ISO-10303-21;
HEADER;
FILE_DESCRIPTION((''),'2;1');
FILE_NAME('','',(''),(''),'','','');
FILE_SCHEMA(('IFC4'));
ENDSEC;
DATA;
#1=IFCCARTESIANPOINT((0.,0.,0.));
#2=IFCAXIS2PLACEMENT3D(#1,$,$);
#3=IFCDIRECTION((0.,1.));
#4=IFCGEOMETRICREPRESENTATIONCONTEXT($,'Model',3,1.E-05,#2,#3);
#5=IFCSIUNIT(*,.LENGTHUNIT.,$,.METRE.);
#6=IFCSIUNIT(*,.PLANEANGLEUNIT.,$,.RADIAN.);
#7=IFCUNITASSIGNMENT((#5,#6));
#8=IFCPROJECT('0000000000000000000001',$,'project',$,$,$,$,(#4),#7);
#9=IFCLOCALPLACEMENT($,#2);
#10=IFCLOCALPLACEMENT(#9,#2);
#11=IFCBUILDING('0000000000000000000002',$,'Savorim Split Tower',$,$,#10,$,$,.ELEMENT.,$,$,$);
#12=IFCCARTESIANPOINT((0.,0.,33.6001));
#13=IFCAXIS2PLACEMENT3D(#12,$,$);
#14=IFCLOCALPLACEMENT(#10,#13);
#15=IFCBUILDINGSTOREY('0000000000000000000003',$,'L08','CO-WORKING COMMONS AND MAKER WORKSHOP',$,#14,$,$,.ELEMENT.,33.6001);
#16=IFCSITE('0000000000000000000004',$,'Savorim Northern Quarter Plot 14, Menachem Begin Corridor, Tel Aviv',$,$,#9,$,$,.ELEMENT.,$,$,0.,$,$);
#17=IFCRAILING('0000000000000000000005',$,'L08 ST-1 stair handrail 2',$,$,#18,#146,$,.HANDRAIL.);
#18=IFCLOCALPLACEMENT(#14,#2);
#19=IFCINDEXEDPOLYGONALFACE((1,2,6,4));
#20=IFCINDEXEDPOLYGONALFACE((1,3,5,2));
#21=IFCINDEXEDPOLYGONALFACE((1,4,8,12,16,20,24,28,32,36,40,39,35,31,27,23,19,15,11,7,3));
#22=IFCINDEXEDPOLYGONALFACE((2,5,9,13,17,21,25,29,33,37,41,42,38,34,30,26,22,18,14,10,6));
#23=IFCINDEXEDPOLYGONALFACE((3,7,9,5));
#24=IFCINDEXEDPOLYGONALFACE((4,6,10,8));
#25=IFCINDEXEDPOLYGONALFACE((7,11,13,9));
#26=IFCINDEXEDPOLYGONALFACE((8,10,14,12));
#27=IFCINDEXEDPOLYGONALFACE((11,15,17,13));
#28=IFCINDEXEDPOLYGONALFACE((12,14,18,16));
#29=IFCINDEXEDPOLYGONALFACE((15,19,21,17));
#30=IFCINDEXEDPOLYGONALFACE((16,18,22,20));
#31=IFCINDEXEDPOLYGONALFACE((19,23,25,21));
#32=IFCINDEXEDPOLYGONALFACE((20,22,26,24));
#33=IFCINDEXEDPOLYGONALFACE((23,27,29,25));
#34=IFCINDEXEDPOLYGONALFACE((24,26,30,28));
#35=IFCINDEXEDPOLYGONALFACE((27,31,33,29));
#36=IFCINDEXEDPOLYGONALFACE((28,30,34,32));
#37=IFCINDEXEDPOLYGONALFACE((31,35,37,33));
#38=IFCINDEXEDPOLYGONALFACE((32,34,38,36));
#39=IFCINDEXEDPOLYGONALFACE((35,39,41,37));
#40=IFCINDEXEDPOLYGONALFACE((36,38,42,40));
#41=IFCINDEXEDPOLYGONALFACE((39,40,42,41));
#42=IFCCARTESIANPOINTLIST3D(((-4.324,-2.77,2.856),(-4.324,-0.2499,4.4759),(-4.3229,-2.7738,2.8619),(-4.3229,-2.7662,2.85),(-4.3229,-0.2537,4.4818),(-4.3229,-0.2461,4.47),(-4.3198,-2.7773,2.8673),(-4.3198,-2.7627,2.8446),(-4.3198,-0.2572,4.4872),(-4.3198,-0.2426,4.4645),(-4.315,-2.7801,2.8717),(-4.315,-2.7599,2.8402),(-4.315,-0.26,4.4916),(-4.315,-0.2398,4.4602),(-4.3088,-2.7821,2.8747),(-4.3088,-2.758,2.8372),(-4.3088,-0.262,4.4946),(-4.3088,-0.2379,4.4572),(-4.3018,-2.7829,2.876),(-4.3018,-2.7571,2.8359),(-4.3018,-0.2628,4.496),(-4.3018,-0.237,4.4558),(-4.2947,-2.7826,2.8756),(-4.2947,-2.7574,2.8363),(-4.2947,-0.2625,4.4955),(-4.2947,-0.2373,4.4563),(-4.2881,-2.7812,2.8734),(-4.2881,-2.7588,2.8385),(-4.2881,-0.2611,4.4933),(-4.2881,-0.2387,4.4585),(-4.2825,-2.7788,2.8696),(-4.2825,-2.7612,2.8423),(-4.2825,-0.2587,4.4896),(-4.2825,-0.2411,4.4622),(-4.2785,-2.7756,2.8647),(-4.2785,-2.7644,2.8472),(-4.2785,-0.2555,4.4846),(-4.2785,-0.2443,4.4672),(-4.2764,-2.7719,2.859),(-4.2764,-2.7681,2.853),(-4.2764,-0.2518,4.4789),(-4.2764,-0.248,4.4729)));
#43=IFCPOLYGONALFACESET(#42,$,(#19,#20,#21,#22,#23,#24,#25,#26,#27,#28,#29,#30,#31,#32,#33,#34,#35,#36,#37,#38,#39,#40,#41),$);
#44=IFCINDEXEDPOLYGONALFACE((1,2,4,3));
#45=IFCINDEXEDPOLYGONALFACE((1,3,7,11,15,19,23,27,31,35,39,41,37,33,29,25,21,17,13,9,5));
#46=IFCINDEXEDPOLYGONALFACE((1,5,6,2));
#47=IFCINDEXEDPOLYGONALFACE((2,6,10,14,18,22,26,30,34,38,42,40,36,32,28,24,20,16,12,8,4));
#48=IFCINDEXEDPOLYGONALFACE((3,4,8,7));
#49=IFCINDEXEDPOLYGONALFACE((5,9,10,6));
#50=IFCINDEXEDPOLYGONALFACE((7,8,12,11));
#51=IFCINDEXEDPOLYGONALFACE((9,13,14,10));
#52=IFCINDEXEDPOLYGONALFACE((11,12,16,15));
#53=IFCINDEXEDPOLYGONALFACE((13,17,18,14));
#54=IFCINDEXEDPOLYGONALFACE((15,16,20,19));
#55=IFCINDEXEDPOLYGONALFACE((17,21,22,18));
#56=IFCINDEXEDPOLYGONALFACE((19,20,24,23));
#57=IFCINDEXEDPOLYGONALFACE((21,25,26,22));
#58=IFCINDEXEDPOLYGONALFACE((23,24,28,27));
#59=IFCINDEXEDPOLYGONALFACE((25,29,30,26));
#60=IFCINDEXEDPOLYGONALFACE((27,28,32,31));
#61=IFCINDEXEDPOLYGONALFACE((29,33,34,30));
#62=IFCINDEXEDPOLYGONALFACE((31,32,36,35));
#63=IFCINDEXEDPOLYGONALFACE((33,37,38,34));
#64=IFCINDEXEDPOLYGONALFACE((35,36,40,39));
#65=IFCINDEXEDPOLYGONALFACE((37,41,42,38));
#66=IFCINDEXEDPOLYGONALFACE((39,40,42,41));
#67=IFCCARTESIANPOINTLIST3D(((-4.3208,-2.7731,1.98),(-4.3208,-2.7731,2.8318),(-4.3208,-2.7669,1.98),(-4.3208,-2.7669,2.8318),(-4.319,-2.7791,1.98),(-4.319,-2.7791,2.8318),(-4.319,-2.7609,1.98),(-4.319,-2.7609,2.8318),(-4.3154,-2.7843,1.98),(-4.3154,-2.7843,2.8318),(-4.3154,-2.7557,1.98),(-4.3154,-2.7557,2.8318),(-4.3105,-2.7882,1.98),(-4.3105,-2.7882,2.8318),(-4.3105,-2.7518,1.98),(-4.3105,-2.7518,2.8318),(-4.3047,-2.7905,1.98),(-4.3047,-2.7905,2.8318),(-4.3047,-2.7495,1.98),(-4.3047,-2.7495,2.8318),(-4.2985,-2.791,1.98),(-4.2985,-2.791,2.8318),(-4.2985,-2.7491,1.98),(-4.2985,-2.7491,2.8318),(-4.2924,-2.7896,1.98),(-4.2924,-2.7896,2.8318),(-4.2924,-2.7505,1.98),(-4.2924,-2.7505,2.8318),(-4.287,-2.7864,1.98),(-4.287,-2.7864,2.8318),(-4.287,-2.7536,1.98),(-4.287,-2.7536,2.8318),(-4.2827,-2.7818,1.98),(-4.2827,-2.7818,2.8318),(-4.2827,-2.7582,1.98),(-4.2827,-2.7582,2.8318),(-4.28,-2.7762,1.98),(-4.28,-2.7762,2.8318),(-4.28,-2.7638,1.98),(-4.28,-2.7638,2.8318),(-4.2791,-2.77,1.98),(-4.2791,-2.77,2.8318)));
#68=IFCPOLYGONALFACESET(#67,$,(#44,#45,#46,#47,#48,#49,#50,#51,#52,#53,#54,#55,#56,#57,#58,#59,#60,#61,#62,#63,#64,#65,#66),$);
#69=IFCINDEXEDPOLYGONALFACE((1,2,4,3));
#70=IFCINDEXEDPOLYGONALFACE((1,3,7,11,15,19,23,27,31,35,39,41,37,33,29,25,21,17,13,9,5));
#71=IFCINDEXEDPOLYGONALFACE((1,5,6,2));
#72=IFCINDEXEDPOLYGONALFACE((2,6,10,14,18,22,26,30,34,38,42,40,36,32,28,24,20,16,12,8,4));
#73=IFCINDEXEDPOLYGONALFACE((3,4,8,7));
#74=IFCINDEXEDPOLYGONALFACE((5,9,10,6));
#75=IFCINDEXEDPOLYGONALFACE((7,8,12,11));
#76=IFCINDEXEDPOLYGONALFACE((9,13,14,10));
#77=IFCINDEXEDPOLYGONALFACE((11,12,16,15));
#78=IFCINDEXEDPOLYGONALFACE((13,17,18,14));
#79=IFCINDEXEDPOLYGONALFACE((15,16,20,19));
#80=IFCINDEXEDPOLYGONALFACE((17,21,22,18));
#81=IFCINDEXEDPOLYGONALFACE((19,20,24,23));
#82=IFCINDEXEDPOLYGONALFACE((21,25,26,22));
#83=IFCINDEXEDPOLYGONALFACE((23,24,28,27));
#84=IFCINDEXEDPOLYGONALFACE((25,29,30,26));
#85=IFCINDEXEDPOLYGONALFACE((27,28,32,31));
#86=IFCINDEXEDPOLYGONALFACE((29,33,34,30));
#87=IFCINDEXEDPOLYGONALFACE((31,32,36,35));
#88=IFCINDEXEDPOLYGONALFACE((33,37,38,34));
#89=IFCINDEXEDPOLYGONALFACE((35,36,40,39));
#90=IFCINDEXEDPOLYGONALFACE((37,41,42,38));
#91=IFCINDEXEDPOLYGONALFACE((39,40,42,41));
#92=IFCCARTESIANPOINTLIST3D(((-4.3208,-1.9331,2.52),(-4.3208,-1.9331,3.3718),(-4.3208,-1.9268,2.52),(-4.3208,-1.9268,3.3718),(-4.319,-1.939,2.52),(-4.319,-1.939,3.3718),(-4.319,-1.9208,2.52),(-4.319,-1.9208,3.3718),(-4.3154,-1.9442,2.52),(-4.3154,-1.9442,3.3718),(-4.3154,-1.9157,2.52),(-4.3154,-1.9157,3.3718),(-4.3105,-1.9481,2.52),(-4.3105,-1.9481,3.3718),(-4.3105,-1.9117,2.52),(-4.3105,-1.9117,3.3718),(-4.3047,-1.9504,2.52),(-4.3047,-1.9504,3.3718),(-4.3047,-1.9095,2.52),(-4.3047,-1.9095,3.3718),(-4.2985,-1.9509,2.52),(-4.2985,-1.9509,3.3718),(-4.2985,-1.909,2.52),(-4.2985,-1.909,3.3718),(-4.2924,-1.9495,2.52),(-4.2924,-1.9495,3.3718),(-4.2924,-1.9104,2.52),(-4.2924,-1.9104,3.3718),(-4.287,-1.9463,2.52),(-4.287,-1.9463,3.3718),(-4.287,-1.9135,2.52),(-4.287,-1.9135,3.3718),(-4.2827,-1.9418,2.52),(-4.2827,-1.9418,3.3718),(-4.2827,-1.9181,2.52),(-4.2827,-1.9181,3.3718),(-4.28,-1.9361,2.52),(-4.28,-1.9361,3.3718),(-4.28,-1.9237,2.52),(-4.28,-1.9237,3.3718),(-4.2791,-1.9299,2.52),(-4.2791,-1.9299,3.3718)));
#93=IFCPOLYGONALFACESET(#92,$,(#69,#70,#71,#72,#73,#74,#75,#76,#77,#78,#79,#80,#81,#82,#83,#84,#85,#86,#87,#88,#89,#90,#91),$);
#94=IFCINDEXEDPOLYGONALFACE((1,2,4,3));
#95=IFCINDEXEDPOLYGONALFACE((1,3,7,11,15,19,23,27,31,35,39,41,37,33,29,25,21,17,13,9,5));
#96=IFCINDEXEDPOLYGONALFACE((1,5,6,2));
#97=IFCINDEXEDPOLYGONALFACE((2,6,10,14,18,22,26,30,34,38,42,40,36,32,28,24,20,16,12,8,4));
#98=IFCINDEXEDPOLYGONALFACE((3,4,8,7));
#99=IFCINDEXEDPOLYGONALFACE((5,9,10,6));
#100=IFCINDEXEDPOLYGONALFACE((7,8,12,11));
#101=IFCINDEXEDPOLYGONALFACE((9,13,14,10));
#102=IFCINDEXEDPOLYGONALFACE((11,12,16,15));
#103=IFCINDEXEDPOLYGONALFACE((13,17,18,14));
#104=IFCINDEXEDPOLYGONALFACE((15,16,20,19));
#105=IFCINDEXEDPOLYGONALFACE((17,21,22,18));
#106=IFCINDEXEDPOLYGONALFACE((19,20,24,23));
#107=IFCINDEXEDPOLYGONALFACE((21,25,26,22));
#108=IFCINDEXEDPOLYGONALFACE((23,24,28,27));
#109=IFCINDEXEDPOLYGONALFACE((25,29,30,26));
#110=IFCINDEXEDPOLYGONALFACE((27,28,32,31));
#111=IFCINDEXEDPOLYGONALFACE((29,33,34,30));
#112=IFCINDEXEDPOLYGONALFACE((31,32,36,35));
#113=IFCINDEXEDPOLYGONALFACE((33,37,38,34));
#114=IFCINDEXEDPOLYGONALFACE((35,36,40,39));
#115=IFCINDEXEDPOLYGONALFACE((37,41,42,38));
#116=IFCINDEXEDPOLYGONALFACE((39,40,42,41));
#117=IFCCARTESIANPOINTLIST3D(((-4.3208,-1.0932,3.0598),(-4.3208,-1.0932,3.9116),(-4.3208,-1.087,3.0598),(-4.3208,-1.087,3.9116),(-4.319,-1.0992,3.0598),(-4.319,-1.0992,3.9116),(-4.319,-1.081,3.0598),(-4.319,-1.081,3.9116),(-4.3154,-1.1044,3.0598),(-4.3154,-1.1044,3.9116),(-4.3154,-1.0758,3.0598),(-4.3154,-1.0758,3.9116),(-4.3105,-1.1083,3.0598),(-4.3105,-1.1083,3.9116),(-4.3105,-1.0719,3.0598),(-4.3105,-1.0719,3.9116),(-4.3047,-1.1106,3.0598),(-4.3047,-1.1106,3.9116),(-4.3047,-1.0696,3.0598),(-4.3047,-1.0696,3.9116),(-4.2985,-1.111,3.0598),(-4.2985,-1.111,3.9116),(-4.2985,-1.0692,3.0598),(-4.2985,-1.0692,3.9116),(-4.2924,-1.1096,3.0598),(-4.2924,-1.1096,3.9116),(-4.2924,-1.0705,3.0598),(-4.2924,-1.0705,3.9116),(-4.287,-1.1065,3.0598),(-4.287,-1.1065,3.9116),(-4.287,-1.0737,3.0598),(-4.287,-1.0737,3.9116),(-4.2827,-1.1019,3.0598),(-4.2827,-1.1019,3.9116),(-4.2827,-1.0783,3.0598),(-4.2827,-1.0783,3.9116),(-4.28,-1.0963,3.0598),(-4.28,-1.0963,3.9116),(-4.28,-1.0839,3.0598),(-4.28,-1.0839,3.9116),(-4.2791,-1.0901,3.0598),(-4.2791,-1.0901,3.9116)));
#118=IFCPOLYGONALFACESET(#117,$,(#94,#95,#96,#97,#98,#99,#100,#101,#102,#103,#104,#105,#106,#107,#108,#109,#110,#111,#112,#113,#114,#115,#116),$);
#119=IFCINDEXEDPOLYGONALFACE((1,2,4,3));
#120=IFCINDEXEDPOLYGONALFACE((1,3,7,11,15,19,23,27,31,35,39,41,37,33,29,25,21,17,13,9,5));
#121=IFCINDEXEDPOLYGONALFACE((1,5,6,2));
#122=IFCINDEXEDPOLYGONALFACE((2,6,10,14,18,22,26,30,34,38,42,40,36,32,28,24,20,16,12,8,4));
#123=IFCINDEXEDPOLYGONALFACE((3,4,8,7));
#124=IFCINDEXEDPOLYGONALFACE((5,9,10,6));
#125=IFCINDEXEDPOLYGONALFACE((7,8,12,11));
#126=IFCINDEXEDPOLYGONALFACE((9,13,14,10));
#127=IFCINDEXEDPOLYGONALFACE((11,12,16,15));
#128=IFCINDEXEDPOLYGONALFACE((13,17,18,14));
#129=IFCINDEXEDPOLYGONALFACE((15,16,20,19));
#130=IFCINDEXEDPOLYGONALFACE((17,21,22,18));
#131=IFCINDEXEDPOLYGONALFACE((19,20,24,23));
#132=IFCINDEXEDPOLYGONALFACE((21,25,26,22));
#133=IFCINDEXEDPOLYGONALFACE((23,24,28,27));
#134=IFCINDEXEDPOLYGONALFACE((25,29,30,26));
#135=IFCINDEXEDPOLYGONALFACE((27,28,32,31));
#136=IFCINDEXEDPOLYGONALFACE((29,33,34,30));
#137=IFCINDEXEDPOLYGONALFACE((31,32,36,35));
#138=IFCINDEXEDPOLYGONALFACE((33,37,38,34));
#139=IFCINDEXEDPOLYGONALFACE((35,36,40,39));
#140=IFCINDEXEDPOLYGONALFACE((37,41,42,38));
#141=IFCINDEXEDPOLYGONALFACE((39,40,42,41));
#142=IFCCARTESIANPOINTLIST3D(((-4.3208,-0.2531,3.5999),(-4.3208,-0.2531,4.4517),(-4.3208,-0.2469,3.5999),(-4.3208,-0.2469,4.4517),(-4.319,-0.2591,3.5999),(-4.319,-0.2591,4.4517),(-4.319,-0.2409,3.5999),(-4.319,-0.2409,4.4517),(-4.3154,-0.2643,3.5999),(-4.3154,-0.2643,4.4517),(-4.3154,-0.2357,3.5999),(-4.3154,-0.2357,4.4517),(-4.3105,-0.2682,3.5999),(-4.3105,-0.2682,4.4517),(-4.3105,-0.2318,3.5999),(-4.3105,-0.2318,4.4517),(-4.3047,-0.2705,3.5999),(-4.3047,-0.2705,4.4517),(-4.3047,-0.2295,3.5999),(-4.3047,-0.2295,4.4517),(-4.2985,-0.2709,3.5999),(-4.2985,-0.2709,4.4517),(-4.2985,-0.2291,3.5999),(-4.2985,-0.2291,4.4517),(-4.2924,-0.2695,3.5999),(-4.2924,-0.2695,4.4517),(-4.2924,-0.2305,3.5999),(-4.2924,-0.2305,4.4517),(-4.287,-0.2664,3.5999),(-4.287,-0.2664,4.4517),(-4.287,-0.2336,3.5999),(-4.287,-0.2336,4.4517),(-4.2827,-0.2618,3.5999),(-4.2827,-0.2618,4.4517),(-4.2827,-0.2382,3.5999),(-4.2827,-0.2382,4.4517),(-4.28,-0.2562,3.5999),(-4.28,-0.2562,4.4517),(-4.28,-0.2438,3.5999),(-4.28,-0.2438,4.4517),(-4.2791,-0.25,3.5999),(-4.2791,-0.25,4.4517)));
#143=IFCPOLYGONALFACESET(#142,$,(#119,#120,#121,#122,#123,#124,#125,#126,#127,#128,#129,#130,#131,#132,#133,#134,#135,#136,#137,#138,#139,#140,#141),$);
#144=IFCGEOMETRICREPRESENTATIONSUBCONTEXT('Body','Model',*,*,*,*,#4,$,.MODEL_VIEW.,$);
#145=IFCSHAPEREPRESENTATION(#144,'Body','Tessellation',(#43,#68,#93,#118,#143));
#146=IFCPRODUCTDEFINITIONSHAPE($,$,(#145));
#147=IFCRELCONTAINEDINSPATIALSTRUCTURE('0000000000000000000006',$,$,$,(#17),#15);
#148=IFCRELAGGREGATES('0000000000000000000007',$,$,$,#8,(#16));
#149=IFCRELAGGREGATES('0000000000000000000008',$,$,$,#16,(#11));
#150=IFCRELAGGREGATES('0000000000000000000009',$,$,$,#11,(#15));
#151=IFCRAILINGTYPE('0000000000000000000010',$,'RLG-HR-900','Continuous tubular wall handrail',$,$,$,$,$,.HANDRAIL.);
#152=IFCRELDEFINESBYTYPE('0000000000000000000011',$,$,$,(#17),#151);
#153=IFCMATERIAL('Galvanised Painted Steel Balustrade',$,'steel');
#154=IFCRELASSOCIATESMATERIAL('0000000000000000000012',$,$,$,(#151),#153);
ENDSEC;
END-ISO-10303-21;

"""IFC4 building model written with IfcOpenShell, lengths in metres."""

from ifc_helpers import new_model, si_unit, direction, frame, origin, origin_2d, place, context, subcontext, project, spatial, circle, extrude, material, type_object, element, save


model = new_model("IFC4")

# Units and contexts
model_context = context("Model", 3, precision=1e-05, world=origin(), true_north=direction((0.0, 1.0)))
body_context = subcontext(model_context, "Body", "Model", "MODEL_VIEW")
ifc_project = project(units=[si_unit("LENGTHUNIT", "METRE"), si_unit("PLANEANGLEUNIT", "RADIAN")], contexts=[model_context])

# Site, building, storey
site_placement = place(None, origin())
site = spatial("IfcSite", under=ifc_project, at=site_placement, Name="Savorim Northern Quarter Plot 14, Menachem Begin Corridor, Tel Aviv", CompositionType="ELEMENT", RefElevation=0.0)
building_placement = place(site_placement, origin())
building = spatial("IfcBuilding", under=site, at=building_placement, Name="Savorim Split Tower", CompositionType="ELEMENT")
storey_placement = place(building_placement, frame((0.0, 0.0, 33.6001)))
storey = spatial("IfcBuildingStorey", under=building, at=storey_placement, Name="L08", Description="CO-WORKING COMMONS AND MAKER WORKSHOP", CompositionType="ELEMENT", Elevation=33.6001)

# Railing
ifc_material_1 = material(Name="Galvanised Painted Steel Balustrade", Category="steel")
railing_type_1 = type_object("IfcRailingType", Name="RLG-HR-900", Description="Continuous tubular wall handrail", PredefinedType="HANDRAIL", material=ifc_material_1)
railing_1_placement = place(storey_placement, frame((-4.3, -2.77, 1.98)))
element("IfcRailing", 1, at=railing_1_placement, inside=storey, type_object=railing_type_1, Name="L08 ST-1 stair handrail 2", PredefinedType="HANDRAIL", context=body_context, shape_type="SweptSolid", body=[
    extrude(circle(Radius=0.0239, at=origin_2d()), frame((0.0, 0.0, 0.876), z_axis=(0.0, 0.8412, 0.540725), x_axis=(-1.0, 0.0, 0.0)), (0.0, 0.0, 1.0), 2.9958),
    extrude(circle(Radius=0.021, at=origin_2d()), origin(), (0.0, 0.0, 1.0), 0.8518),
    extrude(circle(Radius=0.021, at=origin_2d()), frame((0.0, 0.8401, 0.54)), (0.0, 0.0, 1.0), 0.8518),
    extrude(circle(Radius=0.021, at=origin_2d()), frame((0.0, 1.6799, 1.0798)), (0.0, 0.0, 1.0), 0.8518),
    extrude(circle(Radius=0.021, at=origin_2d()), frame((0.0, 2.52, 1.6199)), (0.0, 0.0, 1.0), 0.8518),
])

save(model, "model.ifc")
